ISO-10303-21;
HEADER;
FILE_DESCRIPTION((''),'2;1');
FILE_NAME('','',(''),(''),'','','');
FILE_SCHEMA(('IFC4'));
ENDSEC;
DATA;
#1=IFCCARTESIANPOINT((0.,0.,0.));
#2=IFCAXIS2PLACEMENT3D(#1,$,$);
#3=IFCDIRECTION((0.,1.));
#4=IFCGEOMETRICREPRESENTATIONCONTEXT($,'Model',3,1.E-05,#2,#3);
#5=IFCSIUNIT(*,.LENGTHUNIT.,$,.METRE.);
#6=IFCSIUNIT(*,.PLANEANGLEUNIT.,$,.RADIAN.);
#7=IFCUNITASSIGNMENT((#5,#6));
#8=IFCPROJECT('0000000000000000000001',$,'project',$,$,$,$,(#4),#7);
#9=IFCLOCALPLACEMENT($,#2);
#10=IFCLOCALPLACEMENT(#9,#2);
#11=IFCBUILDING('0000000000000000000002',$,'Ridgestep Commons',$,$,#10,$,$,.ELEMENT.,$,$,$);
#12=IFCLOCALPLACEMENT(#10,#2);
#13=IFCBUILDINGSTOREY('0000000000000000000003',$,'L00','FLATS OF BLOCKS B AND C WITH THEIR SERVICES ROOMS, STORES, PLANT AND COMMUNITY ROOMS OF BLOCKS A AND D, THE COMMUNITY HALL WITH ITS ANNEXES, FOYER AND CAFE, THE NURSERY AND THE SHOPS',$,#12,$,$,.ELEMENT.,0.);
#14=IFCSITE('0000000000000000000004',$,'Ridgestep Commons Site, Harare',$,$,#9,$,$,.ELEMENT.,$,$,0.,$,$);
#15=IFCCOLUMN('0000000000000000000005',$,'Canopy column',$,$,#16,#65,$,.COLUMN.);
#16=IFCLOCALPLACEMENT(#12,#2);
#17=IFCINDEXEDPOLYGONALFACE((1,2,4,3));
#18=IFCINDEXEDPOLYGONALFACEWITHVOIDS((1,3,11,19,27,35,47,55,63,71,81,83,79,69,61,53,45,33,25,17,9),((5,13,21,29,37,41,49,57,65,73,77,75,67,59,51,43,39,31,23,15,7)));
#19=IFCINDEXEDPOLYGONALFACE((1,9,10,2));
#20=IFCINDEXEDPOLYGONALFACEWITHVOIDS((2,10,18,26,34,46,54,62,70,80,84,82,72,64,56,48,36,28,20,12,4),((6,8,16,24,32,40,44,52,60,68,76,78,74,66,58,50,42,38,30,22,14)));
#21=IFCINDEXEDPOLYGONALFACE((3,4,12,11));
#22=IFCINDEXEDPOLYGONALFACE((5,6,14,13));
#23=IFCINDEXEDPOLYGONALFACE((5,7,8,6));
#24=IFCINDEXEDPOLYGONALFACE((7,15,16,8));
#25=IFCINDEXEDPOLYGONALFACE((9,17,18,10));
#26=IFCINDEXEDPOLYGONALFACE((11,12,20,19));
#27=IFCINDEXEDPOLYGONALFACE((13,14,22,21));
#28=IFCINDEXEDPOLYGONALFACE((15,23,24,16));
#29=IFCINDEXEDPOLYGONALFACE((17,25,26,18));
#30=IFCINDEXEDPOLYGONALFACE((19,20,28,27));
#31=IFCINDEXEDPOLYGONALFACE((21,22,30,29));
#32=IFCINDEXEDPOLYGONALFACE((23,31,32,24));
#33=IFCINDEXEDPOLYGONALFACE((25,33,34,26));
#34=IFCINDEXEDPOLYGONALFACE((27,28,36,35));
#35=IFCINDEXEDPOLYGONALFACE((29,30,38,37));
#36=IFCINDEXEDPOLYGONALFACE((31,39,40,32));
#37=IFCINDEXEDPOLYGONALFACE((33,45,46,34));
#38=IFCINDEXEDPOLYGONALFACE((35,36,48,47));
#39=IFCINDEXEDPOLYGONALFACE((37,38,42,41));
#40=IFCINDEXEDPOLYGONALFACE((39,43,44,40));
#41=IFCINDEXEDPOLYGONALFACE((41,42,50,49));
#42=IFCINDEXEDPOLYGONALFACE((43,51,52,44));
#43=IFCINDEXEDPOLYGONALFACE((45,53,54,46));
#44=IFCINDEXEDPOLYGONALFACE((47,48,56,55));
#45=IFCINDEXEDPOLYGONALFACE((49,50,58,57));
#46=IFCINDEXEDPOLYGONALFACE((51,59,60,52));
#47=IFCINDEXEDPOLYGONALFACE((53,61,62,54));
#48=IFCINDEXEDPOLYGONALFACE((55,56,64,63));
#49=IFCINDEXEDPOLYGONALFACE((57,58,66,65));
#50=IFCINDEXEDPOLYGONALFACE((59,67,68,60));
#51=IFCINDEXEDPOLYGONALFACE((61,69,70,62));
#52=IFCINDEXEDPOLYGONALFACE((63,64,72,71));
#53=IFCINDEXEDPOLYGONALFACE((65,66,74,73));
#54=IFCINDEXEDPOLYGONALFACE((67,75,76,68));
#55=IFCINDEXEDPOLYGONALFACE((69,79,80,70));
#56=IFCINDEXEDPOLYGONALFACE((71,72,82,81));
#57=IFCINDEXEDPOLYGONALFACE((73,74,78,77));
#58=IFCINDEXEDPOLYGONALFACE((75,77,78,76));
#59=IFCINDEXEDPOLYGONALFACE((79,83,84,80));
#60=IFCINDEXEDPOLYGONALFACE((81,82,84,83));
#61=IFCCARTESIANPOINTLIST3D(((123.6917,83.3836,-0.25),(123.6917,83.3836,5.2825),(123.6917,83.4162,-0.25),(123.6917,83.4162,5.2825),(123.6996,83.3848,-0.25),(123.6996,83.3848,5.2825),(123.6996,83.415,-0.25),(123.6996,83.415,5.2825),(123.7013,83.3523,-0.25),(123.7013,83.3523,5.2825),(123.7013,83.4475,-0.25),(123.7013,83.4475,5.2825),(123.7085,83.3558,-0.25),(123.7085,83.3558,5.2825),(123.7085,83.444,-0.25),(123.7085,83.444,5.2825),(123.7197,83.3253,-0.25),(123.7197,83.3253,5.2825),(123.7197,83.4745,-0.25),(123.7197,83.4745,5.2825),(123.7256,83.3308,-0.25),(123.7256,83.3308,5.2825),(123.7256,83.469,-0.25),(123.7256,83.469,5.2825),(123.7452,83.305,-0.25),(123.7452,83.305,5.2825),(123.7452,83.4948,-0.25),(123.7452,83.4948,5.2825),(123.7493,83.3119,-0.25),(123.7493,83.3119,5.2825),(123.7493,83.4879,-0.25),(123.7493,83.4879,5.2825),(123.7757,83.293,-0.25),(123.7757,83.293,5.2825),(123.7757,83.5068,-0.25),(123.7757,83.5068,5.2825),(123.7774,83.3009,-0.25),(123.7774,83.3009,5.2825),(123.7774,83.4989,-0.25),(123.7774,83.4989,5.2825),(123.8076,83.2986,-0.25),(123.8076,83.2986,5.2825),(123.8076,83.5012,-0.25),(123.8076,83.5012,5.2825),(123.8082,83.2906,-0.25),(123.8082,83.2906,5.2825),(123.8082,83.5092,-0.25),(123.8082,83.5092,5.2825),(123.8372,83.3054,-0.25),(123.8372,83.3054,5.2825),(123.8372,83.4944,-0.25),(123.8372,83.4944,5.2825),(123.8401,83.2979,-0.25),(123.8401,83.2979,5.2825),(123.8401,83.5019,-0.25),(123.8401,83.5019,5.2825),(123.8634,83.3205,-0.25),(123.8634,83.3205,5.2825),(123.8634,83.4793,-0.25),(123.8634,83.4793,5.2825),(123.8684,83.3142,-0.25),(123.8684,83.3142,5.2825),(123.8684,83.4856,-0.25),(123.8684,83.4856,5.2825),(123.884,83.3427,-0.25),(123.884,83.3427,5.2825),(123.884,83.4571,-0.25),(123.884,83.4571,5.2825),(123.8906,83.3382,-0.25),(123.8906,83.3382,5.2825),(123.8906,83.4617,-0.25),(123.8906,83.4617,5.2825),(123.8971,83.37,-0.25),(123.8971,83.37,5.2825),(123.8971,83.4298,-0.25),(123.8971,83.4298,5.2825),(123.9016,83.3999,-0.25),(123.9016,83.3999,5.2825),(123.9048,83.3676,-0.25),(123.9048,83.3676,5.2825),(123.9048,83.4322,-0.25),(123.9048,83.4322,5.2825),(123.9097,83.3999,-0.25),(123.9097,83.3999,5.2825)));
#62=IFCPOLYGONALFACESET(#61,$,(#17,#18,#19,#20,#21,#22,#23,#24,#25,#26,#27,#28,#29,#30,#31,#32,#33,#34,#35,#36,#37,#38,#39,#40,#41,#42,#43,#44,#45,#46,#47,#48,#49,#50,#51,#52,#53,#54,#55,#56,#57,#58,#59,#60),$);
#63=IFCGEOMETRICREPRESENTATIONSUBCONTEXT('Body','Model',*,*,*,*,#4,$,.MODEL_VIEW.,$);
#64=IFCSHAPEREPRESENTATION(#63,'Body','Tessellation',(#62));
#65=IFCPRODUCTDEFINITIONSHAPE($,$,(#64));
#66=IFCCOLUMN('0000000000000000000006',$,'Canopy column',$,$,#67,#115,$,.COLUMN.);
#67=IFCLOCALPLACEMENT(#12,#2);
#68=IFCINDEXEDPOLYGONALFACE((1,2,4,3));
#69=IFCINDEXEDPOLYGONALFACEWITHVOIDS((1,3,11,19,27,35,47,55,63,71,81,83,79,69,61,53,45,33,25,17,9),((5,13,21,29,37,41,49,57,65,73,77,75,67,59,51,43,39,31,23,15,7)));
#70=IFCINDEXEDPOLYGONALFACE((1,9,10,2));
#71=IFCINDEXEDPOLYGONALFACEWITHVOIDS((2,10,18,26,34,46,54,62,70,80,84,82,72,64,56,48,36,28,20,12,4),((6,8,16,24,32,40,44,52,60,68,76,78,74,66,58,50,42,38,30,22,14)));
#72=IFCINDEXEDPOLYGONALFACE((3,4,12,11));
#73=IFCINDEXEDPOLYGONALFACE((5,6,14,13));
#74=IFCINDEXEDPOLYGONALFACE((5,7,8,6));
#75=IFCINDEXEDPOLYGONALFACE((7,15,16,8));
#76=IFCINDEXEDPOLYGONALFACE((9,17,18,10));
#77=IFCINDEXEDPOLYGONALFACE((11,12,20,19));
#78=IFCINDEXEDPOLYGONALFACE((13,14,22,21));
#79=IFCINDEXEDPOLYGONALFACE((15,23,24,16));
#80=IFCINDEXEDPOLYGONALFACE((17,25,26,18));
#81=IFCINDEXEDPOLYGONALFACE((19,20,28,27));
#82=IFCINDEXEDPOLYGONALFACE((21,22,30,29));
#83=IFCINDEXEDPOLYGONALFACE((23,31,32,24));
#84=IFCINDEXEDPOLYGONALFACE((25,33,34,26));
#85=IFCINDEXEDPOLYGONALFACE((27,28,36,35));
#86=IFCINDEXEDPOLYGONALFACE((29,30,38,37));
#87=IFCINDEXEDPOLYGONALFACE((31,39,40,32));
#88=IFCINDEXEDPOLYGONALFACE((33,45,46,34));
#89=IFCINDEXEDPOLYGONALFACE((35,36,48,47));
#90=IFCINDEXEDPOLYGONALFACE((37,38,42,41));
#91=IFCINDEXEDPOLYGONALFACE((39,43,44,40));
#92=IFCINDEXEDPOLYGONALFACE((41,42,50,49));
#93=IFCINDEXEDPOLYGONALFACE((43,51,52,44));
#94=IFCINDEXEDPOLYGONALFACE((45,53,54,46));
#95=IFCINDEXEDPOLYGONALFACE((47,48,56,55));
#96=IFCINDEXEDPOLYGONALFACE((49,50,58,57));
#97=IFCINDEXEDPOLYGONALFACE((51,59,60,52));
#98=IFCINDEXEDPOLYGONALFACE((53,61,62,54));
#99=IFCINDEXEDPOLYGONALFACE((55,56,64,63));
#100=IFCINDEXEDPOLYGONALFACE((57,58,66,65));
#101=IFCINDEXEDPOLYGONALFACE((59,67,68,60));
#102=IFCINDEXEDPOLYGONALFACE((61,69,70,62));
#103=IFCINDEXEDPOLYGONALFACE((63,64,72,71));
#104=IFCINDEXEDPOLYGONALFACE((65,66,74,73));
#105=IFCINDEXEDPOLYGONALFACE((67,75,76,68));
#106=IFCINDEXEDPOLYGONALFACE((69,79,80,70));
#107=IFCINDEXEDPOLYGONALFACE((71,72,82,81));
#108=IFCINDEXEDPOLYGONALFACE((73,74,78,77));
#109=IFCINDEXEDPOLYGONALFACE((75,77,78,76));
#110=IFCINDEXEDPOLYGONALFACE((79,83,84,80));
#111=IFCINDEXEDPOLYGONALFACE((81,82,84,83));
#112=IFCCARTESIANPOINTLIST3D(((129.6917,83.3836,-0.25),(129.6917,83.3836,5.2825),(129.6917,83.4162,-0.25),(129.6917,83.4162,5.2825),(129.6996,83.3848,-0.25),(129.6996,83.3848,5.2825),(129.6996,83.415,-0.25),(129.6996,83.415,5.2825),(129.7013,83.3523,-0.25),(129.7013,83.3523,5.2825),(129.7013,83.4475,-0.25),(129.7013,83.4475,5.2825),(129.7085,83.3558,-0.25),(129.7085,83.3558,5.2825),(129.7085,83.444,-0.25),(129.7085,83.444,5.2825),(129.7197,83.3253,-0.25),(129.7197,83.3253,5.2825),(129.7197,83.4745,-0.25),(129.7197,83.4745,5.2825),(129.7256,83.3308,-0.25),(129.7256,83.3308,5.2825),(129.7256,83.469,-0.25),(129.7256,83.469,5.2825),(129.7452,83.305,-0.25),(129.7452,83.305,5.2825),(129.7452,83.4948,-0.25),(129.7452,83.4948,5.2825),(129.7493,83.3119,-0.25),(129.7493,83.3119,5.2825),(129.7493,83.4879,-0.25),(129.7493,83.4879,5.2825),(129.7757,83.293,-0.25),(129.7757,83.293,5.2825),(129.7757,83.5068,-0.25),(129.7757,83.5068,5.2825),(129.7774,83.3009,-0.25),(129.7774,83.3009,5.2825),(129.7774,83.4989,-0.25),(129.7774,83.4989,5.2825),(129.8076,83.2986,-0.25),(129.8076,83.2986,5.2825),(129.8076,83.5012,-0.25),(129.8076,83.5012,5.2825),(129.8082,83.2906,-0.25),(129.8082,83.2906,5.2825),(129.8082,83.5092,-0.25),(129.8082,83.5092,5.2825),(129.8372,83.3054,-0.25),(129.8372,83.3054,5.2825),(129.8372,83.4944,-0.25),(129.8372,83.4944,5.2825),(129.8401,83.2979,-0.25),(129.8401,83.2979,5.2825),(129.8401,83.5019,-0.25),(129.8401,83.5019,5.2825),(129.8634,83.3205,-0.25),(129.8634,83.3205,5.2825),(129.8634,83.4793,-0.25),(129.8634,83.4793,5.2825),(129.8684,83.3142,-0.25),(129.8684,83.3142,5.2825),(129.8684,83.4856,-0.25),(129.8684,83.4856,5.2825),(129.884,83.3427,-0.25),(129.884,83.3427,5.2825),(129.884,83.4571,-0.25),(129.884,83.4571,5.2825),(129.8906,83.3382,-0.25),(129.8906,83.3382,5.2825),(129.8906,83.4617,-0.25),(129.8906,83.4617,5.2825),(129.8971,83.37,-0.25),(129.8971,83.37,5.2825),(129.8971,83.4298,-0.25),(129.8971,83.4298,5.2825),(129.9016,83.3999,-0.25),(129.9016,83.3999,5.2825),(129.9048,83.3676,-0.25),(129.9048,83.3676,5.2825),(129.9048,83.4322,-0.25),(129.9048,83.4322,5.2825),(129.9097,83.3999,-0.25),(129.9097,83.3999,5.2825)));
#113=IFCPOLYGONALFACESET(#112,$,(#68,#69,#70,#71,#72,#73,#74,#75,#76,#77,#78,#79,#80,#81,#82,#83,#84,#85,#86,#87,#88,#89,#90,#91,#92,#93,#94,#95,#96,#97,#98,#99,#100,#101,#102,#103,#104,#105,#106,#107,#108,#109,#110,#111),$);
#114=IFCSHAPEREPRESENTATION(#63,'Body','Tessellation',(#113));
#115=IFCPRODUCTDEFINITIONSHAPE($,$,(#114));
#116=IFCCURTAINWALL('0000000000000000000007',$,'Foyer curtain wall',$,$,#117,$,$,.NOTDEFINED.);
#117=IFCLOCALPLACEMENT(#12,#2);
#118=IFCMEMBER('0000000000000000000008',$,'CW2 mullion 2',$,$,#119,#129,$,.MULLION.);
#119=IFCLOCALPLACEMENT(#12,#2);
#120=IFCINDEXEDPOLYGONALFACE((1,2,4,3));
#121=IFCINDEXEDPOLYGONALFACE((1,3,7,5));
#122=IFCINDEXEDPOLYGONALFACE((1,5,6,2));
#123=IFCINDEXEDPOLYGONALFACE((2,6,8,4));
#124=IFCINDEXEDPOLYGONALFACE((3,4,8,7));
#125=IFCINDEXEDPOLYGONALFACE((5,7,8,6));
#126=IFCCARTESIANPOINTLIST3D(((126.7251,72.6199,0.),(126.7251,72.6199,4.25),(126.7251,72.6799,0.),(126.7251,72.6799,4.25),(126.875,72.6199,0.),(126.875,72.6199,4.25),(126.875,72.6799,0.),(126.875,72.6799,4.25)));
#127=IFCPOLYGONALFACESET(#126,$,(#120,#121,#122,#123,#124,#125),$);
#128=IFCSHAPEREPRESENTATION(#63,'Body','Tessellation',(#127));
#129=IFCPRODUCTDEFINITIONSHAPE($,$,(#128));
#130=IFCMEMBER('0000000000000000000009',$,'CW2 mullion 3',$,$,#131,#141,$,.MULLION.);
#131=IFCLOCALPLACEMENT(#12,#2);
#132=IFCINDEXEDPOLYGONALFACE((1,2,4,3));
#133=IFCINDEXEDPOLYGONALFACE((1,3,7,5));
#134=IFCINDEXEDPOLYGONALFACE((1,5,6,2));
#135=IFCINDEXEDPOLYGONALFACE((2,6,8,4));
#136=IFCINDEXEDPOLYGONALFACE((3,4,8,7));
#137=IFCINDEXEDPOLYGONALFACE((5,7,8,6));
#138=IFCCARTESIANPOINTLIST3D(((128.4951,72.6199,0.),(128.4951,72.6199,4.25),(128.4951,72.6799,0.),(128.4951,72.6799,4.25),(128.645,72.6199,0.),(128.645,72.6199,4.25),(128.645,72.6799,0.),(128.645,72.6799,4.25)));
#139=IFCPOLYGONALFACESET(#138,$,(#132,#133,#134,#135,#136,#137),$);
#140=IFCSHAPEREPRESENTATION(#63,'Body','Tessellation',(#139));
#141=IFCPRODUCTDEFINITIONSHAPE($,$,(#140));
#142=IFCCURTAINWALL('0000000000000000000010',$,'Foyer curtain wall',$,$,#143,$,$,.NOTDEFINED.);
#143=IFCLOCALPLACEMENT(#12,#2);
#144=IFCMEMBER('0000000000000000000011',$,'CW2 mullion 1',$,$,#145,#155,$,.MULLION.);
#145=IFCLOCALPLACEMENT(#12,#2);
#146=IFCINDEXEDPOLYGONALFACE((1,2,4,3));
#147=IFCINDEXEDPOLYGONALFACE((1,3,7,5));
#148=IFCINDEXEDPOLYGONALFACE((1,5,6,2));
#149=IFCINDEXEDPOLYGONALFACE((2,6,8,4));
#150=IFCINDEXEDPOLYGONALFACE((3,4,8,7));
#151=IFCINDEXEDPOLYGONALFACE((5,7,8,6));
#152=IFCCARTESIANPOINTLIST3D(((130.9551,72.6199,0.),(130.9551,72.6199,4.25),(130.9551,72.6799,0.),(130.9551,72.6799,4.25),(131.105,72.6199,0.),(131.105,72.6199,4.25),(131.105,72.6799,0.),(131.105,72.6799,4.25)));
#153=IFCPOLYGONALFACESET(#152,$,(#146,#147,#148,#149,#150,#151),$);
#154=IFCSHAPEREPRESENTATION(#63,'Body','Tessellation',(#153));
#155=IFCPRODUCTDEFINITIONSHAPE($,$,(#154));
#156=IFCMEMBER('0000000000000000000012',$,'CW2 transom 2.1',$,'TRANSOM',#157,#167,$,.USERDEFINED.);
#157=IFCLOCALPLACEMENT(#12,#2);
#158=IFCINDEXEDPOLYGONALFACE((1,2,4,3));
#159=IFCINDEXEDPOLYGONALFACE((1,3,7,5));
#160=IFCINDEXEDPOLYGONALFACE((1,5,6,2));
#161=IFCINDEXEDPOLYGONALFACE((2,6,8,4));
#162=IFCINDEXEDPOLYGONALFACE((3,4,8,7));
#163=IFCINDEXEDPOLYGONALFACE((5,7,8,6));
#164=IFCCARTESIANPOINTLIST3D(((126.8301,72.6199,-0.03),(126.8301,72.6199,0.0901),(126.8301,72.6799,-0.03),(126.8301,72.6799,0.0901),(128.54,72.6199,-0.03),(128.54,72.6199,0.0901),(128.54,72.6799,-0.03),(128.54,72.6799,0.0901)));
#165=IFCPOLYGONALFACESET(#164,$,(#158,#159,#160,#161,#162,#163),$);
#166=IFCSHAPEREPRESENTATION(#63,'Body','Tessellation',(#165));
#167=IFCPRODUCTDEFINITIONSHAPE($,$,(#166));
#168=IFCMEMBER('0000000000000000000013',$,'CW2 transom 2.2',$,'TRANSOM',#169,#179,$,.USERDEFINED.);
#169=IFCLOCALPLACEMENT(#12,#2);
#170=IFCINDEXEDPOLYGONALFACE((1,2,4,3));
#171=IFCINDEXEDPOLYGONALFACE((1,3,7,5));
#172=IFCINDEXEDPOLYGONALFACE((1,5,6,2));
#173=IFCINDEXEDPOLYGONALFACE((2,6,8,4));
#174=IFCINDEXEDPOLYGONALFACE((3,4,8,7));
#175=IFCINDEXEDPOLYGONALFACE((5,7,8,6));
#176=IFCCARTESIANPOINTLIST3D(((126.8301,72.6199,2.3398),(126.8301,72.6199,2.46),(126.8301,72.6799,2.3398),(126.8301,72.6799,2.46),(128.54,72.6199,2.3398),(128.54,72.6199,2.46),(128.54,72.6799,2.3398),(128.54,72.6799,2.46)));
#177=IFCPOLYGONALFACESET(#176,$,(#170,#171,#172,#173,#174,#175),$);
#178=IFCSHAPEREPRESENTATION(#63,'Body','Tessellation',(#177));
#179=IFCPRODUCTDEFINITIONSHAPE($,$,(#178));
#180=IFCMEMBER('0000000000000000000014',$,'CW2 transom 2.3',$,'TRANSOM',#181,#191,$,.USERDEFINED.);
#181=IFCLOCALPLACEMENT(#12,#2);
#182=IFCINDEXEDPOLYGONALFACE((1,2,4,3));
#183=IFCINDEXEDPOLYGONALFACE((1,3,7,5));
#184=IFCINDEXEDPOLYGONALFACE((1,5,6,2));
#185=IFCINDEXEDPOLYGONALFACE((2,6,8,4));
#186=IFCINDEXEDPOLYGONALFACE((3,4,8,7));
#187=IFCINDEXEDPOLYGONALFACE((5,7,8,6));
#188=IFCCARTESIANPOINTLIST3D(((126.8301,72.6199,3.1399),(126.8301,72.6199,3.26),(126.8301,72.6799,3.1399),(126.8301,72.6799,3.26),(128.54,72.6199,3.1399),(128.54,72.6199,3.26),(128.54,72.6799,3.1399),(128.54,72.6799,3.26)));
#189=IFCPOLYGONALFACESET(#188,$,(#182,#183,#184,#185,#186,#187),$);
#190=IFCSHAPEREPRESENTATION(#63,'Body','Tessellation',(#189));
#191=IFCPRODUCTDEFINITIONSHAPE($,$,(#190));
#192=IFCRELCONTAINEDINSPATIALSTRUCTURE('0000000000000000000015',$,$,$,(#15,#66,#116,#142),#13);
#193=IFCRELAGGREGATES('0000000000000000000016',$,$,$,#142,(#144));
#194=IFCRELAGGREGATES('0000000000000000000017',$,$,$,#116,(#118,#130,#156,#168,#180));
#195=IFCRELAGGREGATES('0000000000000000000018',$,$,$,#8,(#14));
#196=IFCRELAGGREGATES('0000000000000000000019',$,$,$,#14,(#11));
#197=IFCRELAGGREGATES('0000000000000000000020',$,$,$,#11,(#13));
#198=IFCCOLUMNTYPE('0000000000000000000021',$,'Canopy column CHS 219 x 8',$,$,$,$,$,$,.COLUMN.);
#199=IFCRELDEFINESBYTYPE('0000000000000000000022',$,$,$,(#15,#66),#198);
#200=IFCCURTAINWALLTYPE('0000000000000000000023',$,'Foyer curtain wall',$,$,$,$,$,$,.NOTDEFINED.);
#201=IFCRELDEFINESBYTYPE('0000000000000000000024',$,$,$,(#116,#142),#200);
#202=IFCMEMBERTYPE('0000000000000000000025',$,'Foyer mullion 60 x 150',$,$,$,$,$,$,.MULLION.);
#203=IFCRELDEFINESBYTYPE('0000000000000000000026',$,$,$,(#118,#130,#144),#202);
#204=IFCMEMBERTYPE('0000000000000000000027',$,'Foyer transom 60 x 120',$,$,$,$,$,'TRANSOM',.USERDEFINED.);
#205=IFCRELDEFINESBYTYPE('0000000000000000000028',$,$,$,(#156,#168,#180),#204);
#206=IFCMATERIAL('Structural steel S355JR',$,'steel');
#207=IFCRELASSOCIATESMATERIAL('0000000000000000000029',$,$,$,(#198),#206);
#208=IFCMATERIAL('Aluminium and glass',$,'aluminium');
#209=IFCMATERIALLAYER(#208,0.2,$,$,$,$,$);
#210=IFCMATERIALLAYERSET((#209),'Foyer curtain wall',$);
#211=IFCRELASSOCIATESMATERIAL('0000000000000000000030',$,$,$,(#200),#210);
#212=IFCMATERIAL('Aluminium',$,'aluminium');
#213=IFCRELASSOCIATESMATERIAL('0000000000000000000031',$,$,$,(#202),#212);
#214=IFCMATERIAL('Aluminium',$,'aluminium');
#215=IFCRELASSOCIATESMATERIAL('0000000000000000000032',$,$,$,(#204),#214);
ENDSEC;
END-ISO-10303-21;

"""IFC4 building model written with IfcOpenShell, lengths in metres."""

from ifc_helpers import new_model, si_unit, direction, frame, origin, origin_2d, place, context, subcontext, project, spatial, rectangle, hollow_circle, extrude, material, layer, layer_set, material_profile, profile_set, type_object, element, aggregate, save


model = new_model("IFC4")

# Units and contexts
model_context = context("Model", 3, precision=1e-05, world=origin(), true_north=direction((0.0, 1.0)))
body_context = subcontext(model_context, "Body", "Model", "MODEL_VIEW")
ifc_project = project(units=[si_unit("LENGTHUNIT", "METRE"), si_unit("PLANEANGLEUNIT", "RADIAN")], contexts=[model_context])

# Site, building, storey
site_placement = place(None, origin())
site = spatial("IfcSite", under=ifc_project, at=site_placement, Name="Ridgestep Commons Site, Harare", CompositionType="ELEMENT", RefElevation=0.0)
building_placement = place(site_placement, origin())
building = spatial("IfcBuilding", under=site, at=building_placement, Name="Ridgestep Commons", CompositionType="ELEMENT")
storey_placement = place(building_placement, origin())
storey = spatial("IfcBuildingStorey", under=building, at=storey_placement, Name="L00", Description="FLATS OF BLOCKS B AND C WITH THEIR SERVICES ROOMS, STORES, PLANT AND COMMUNITY ROOMS OF BLOCKS A AND D, THE COMMUNITY HALL WITH ITS ANNEXES, FOYER AND CAFE, THE NURSERY AND THE SHOPS", CompositionType="ELEMENT", Elevation=0.0)

# Columns
ifc_material_1 = material(Name="Structural steel S355JR", Category="steel")
ifc_material_profile_1 = material_profile(ifc_material_1, hollow_circle(Radius=0.1096, WallThickness=0.0081, at=origin_2d()), Name="CHS 219.1x8.0")
ifc_profile_set_1 = profile_set([ifc_material_profile_1], Name="Structural steel S355JR")
column_type = type_object("IfcColumnType", Name="Canopy column CHS 219 x 8", PredefinedType="COLUMN", material=ifc_profile_set_1)
for number, where, z_axis, x_axis, name in (
    (1, (123.8, 83.3999, -0.25), (0.0, 0.0, 1.0), (1.0, 0.0, 0.0), "Canopy column"),
    (2, (129.8, 83.3999, -0.25), (0.0, 0.0, 1.0), (1.0, 0.0, 0.0), "Canopy column"),
):
    element("IfcColumn", number, at=place(storey_placement, frame(where, z_axis=z_axis, x_axis=x_axis)), inside=storey, type_object=column_type, Name=name, PredefinedType="COLUMN", context=body_context, shape_type="SweptSolid", body=[
        extrude(hollow_circle(Radius=0.1096, WallThickness=0.0081, at=origin_2d()), origin(), (0.0, 0.0, 1.0), 5.5325),
    ])

# Curtain wall, members
ifc_material_2 = material(Name="Aluminium and glass", Category="aluminium")
ifc_layer_1 = layer(ifc_material_2, 0.2)
ifc_layer_set_1 = layer_set([ifc_layer_1], Name="Foyer curtain wall")
curtain_wall_type = type_object("IfcCurtainWallType", Name="Foyer curtain wall", PredefinedType="NOTDEFINED", material=ifc_layer_set_1)
curtain_wall_1_placement = place(storey_placement, origin())
curtain_wall_1 = element("IfcCurtainWall", 3, at=curtain_wall_1_placement, inside=storey, type_object=curtain_wall_type, Name="Foyer curtain wall", PredefinedType="NOTDEFINED")
ifc_material_3 = material(Name="Aluminium", Category="aluminium")
ifc_material_profile_2 = material_profile(ifc_material_3, rectangle(XDim=0.0601, YDim=0.1499, at=origin_2d()), Name="Foyer mullion 60 x 150")
ifc_profile_set_2 = profile_set([ifc_material_profile_2], Name="Aluminium")
member_type_1 = type_object("IfcMemberType", Name="Foyer mullion 60 x 150", PredefinedType="MULLION", material=ifc_profile_set_2)
member_1_placement = place(storey_placement, frame((126.8, 72.6499, 0.0), z_axis=(0.0, 0.0, 1.0), x_axis=(0.0, 1.0, 0.0)))
member_1 = element("IfcMember", 4, at=member_1_placement, type_object=member_type_1, Name="CW2 mullion 2", PredefinedType="MULLION", context=body_context, shape_type="SweptSolid", body=[
    extrude(rectangle(XDim=0.0601, YDim=0.1499, at=origin_2d()), origin(), (0.0, 0.0, 1.0), 4.25),
])
member_2_placement = place(storey_placement, frame((128.5701, 72.6499, 0.0), z_axis=(0.0, 0.0, 1.0), x_axis=(0.0, 1.0, 0.0)))
member_2 = element("IfcMember", 5, at=member_2_placement, type_object=member_type_1, Name="CW2 mullion 3", PredefinedType="MULLION", context=body_context, shape_type="SweptSolid", body=[
    extrude(rectangle(XDim=0.0601, YDim=0.1499, at=origin_2d()), origin(), (0.0, 0.0, 1.0), 4.25),
])

# Curtain wall, member
curtain_wall_2_placement = place(storey_placement, origin())
curtain_wall_2 = element("IfcCurtainWall", 6, at=curtain_wall_2_placement, inside=storey, type_object=curtain_wall_type, Name="Foyer curtain wall", PredefinedType="NOTDEFINED")
member_3_placement = place(storey_placement, frame((131.03, 72.6499, 0.0), z_axis=(0.0, 0.0, 1.0), x_axis=(0.0, 1.0, 0.0)))
member_3 = element("IfcMember", 7, at=member_3_placement, type_object=member_type_1, Name="CW2 mullion 1", PredefinedType="MULLION", context=body_context, shape_type="SweptSolid", body=[
    extrude(rectangle(XDim=0.0601, YDim=0.1499, at=origin_2d()), origin(), (0.0, 0.0, 1.0), 4.25),
])

# Members
ifc_material_4 = material(Name="Aluminium", Category="aluminium")
ifc_material_profile_3 = material_profile(ifc_material_4, rectangle(XDim=0.0601, YDim=0.1201, at=origin_2d()), Name="Foyer transom 60 x 120")
ifc_profile_set_3 = profile_set([ifc_material_profile_3], Name="Aluminium")
member_type_2 = type_object("IfcMemberType", Name="Foyer transom 60 x 120", ElementType="TRANSOM", PredefinedType="USERDEFINED", material=ifc_profile_set_3)
member_4_placement = place(storey_placement, frame((126.8301, 72.6499, 0.03), z_axis=(1.0, 0.0, 0.0), x_axis=(0.0, 1.0, 0.0)))
member_4 = element("IfcMember", 8, at=member_4_placement, type_object=member_type_2, Name="CW2 transom 2.1", ObjectType="TRANSOM", PredefinedType="USERDEFINED", context=body_context, shape_type="SweptSolid", body=[
    extrude(rectangle(XDim=0.0601, YDim=0.1201, at=origin_2d()), origin(), (0.0, 0.0, 1.0), 1.71),
])
member_5_placement = place(storey_placement, frame((126.8301, 72.6499, 2.3999), z_axis=(1.0, 0.0, 0.0), x_axis=(0.0, 1.0, 0.0)))
member_5 = element("IfcMember", 9, at=member_5_placement, type_object=member_type_2, Name="CW2 transom 2.2", ObjectType="TRANSOM", PredefinedType="USERDEFINED", context=body_context, shape_type="SweptSolid", body=[
    extrude(rectangle(XDim=0.0601, YDim=0.1201, at=origin_2d()), origin(), (0.0, 0.0, 1.0), 1.71),
])
member_6_placement = place(storey_placement, frame((126.8301, 72.6499, 3.2), z_axis=(1.0, 0.0, 0.0), x_axis=(0.0, 1.0, 0.0)))
member_6 = element("IfcMember", 10, at=member_6_placement, type_object=member_type_2, Name="CW2 transom 2.3", ObjectType="TRANSOM", PredefinedType="USERDEFINED", context=body_context, shape_type="SweptSolid", body=[
    extrude(rectangle(XDim=0.0601, YDim=0.1201, at=origin_2d()), origin(), (0.0, 0.0, 1.0), 1.71),
])
aggregate(curtain_wall_2, [member_3])

aggregate(curtain_wall_1, [member_1, member_2, member_4, member_5, member_6])

save(model, "model.ifc")
